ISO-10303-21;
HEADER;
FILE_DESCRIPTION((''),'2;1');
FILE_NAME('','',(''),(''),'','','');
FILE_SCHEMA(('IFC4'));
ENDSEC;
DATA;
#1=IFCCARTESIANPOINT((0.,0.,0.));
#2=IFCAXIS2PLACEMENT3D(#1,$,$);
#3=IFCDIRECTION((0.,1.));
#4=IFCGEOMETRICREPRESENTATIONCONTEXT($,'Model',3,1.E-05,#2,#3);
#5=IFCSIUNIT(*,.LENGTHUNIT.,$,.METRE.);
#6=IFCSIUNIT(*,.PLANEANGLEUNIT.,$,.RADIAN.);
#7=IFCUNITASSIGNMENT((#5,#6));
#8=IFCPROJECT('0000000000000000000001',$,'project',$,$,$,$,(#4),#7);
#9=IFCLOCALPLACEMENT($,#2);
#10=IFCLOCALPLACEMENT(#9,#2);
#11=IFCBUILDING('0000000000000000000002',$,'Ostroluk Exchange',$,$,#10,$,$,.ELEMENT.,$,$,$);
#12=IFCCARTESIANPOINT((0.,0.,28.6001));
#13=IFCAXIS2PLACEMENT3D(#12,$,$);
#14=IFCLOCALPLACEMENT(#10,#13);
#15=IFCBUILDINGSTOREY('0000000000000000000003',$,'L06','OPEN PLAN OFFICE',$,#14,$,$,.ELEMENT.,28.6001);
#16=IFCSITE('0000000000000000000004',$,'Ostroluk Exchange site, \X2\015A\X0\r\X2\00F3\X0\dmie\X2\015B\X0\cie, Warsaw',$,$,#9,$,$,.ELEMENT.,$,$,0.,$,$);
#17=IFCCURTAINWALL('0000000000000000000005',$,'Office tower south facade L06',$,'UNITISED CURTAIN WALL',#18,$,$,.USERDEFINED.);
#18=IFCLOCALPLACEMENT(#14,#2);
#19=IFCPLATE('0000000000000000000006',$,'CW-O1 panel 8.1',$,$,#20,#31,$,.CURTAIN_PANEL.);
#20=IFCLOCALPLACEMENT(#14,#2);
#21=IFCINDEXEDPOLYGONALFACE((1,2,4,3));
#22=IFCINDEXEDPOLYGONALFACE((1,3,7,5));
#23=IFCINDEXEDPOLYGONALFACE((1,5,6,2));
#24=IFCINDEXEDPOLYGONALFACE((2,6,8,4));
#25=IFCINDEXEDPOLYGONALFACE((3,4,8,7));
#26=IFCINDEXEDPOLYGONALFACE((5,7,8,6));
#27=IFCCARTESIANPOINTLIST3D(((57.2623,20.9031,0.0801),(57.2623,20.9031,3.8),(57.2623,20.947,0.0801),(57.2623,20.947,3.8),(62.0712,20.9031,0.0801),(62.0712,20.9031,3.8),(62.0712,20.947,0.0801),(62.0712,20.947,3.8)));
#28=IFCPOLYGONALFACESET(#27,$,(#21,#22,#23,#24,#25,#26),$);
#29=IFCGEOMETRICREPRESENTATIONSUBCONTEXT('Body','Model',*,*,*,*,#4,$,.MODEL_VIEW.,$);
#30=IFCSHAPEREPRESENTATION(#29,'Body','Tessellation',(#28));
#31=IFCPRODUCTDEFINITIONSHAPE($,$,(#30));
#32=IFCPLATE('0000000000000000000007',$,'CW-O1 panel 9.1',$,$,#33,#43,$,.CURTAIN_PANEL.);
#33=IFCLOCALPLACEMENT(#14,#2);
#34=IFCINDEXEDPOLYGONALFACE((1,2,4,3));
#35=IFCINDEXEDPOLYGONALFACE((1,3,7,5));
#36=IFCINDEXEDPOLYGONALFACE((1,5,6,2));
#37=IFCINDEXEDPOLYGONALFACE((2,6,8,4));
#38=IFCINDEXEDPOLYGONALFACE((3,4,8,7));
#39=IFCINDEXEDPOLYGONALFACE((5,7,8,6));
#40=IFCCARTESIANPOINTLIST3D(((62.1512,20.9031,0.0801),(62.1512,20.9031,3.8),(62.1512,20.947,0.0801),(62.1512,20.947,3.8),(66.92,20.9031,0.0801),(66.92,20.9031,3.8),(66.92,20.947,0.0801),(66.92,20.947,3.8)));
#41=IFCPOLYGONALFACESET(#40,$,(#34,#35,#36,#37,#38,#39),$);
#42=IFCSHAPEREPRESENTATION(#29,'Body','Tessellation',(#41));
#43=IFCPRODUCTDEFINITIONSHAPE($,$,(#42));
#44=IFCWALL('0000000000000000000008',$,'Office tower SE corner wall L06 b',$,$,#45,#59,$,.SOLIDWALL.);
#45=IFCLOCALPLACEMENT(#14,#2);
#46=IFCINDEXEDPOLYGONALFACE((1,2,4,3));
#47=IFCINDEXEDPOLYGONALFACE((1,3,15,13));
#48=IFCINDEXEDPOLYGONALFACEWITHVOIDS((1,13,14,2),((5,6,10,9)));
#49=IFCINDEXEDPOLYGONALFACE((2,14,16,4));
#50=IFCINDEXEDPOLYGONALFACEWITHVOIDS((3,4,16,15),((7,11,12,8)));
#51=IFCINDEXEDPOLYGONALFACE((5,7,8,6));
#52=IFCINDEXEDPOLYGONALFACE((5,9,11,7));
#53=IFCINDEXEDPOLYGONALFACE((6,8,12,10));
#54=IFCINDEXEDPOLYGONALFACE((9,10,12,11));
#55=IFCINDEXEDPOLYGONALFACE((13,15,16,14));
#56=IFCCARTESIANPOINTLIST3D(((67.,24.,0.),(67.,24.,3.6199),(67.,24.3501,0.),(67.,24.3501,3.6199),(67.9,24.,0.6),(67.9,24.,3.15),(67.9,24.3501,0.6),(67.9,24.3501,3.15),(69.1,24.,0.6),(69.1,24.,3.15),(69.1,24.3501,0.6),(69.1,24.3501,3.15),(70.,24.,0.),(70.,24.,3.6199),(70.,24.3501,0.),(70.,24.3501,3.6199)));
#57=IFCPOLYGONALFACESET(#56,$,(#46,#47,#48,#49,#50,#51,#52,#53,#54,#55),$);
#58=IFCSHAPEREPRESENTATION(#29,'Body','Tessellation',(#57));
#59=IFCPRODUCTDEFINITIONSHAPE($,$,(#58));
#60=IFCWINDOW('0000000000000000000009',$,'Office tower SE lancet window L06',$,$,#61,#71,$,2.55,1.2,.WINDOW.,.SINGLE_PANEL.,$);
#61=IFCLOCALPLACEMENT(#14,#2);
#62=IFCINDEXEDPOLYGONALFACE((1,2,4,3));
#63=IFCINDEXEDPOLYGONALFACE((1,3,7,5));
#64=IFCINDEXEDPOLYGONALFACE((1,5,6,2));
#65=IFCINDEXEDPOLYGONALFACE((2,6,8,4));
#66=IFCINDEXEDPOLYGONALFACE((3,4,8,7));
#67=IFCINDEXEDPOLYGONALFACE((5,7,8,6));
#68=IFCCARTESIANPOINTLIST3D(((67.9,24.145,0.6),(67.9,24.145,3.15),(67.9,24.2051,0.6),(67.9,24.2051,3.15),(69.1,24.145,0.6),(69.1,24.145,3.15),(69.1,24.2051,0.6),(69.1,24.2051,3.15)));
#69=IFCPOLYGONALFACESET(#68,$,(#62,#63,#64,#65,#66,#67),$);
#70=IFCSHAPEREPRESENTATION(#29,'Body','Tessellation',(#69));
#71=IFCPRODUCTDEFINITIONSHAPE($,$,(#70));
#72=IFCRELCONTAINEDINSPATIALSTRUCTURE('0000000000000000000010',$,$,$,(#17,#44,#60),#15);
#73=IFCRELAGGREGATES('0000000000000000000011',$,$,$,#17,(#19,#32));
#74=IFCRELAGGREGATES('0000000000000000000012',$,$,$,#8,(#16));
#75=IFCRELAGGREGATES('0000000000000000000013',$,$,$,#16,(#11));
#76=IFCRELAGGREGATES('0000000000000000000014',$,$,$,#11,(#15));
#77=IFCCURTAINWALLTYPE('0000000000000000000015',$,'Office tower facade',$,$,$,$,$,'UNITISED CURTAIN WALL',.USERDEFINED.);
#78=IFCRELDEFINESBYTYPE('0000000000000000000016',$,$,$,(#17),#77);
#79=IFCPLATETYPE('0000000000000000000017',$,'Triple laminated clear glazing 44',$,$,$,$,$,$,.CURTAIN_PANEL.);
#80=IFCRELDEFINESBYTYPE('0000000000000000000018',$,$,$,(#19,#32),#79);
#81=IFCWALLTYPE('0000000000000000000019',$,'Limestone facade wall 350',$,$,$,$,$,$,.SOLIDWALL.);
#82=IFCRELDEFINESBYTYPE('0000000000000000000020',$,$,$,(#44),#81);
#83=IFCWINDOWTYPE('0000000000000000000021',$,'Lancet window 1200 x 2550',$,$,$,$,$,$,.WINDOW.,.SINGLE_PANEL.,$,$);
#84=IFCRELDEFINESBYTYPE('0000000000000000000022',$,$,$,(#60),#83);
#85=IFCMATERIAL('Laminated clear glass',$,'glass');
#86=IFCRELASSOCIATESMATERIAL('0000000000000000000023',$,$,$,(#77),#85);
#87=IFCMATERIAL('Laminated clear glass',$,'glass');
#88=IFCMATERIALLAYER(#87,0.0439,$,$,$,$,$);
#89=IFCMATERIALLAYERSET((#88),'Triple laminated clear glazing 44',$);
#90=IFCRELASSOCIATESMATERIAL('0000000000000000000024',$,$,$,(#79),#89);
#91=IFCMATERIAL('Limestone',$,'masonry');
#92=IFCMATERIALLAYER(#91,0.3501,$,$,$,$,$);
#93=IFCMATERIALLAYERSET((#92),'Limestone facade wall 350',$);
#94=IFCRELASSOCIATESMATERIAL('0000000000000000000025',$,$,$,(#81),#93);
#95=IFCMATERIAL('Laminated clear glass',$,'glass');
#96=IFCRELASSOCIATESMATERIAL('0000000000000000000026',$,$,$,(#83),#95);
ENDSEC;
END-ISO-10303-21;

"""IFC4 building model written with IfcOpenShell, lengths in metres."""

from ifc_helpers import new_model, si_unit, direction, frame, frame_2d, origin, origin_2d, place, context, subcontext, project, spatial, rectangle, extrude, material, layer, layer_set, type_object, element, fill, aggregate, save


model = new_model("IFC4")

# Units and contexts
model_context = context("Model", 3, precision=1e-05, world=origin(), true_north=direction((0.0, 1.0)))
body_context = subcontext(model_context, "Body", "Model", "MODEL_VIEW")
ifc_project = project(units=[si_unit("LENGTHUNIT", "METRE"), si_unit("PLANEANGLEUNIT", "RADIAN")], contexts=[model_context])

# Site, building, storey
site_placement = place(None, origin())
site = spatial("IfcSite", under=ifc_project, at=site_placement, Name="Ostroluk Exchange site, Śródmieście, Warsaw", CompositionType="ELEMENT", RefElevation=0.0)
building_placement = place(site_placement, origin())
building = spatial("IfcBuilding", under=site, at=building_placement, Name="Ostroluk Exchange", CompositionType="ELEMENT")
storey_placement = place(building_placement, frame((0.0, 0.0, 28.6001)))
storey = spatial("IfcBuildingStorey", under=building, at=storey_placement, Name="L06", Description="OPEN PLAN OFFICE", CompositionType="ELEMENT", Elevation=28.6001)

# Curtain wall
ifc_material_1 = material(Name="Laminated clear glass", Category="glass")
curtain_wall_type = type_object("IfcCurtainWallType", Name="Office tower facade", ElementType="UNITISED CURTAIN WALL", PredefinedType="USERDEFINED", material=ifc_material_1)
curtain_wall_1_placement = place(storey_placement, origin())
curtain_wall_1 = element("IfcCurtainWall", 1, at=curtain_wall_1_placement, inside=storey, type_object=curtain_wall_type, Name="Office tower south facade L06", ObjectType="UNITISED CURTAIN WALL", PredefinedType="USERDEFINED")

# Plates
ifc_material_2 = material(Name="Laminated clear glass", Category="glass")
ifc_layer_1 = layer(ifc_material_2, 0.0439)
ifc_layer_set_1 = layer_set([ifc_layer_1], Name="Triple laminated clear glazing 44")
plate_type_1 = type_object("IfcPlateType", Name="Triple laminated clear glazing 44", PredefinedType="CURTAIN_PANEL", material=ifc_layer_set_1)
plate_1_placement = place(storey_placement, frame((59.6667, 20.925, 0.0801), z_axis=(0.0, 0.0, 1.0), x_axis=(1.0, 0.0, 0.0)))
plate_1 = element("IfcPlate", 2, at=plate_1_placement, type_object=plate_type_1, Name="CW-O1 panel 8.1", PredefinedType="CURTAIN_PANEL", context=body_context, shape_type="SweptSolid", body=[
    extrude(rectangle(XDim=4.8088, YDim=0.0439, at=origin_2d()), origin(), (0.0, 0.0, 1.0), 3.72),
])
plate_2_placement = place(storey_placement, frame((64.5356, 20.925, 0.0801), z_axis=(0.0, 0.0, 1.0), x_axis=(1.0, 0.0, 0.0)))
plate_2 = element("IfcPlate", 3, at=plate_2_placement, type_object=plate_type_1, Name="CW-O1 panel 9.1", PredefinedType="CURTAIN_PANEL", context=body_context, shape_type="SweptSolid", body=[
    extrude(rectangle(XDim=4.7688, YDim=0.0439, at=origin_2d()), origin(), (0.0, 0.0, 1.0), 3.72),
])
aggregate(curtain_wall_1, [plate_1, plate_2])

# Shared definitions
ifc_material_3 = material(Name="Limestone", Category="masonry")
ifc_layer_2 = layer(ifc_material_3, 0.3501)
ifc_layer_set_2 = layer_set([ifc_layer_2], Name="Limestone facade wall 350")
wall_type = type_object("IfcWallType", Name="Limestone facade wall 350", PredefinedType="SOLIDWALL", material=ifc_layer_set_2)

# Wall, opening, window
wall_1_placement = place(storey_placement, frame((67.0, 24.175, 0.0), z_axis=(0.0, 0.0, 1.0), x_axis=(1.0, 0.0, 0.0)))
wall_1 = element("IfcWall", 4, at=wall_1_placement, inside=storey, type_object=wall_type, Name="Office tower SE corner wall L06 b", PredefinedType="SOLIDWALL", context=body_context, shape_type="SweptSolid", body=[
    extrude(rectangle(XDim=3.0, YDim=0.3501, at=frame_2d((1.5, 0.0))), origin(), (0.0, 0.0, 1.0), 3.6199),
])
opening_1_placement = place(wall_1_placement, frame((0.8999, 0.0, 0.6001)))
opening_1 = element("IfcOpeningElement", 5, at=opening_1_placement, cuts=wall_1, PredefinedType="OPENING", context=body_context, shape_type="SweptSolid", body=[
    extrude(rectangle(XDim=1.2, YDim=2.55, at=frame_2d((0.6001, 1.2749))), frame((0.0, 0.1851, 0.0), z_axis=(0.0, -1.0, 0.0), x_axis=(1.0, 0.0, 0.0)), (0.0, 0.0, 1.0), 0.3701),
])
ifc_material_4 = material(Name="Laminated clear glass", Category="glass")
window_type = type_object("IfcWindowType", Name="Lancet window 1200 x 2550", PartitioningType="SINGLE_PANEL", PredefinedType="WINDOW", material=ifc_material_4)
window_placement = place(opening_1_placement, origin())
window = element("IfcWindow", 6, at=window_placement, inside=storey, type_object=window_type, Name="Office tower SE lancet window L06", OverallHeight=2.55, OverallWidth=1.2, PartitioningType="SINGLE_PANEL", PredefinedType="WINDOW", context=body_context, shape_type="SweptSolid", body=[
    extrude(rectangle(XDim=1.2, YDim=2.55, at=frame_2d((0.6001, 1.2749))), frame((0.0, 0.03, 0.0), z_axis=(0.0, -1.0, 0.0), x_axis=(1.0, 0.0, 0.0)), (0.0, 0.0, 1.0), 0.0601),
])
fill(opening_1, window)

save(model, "model.ifc")
